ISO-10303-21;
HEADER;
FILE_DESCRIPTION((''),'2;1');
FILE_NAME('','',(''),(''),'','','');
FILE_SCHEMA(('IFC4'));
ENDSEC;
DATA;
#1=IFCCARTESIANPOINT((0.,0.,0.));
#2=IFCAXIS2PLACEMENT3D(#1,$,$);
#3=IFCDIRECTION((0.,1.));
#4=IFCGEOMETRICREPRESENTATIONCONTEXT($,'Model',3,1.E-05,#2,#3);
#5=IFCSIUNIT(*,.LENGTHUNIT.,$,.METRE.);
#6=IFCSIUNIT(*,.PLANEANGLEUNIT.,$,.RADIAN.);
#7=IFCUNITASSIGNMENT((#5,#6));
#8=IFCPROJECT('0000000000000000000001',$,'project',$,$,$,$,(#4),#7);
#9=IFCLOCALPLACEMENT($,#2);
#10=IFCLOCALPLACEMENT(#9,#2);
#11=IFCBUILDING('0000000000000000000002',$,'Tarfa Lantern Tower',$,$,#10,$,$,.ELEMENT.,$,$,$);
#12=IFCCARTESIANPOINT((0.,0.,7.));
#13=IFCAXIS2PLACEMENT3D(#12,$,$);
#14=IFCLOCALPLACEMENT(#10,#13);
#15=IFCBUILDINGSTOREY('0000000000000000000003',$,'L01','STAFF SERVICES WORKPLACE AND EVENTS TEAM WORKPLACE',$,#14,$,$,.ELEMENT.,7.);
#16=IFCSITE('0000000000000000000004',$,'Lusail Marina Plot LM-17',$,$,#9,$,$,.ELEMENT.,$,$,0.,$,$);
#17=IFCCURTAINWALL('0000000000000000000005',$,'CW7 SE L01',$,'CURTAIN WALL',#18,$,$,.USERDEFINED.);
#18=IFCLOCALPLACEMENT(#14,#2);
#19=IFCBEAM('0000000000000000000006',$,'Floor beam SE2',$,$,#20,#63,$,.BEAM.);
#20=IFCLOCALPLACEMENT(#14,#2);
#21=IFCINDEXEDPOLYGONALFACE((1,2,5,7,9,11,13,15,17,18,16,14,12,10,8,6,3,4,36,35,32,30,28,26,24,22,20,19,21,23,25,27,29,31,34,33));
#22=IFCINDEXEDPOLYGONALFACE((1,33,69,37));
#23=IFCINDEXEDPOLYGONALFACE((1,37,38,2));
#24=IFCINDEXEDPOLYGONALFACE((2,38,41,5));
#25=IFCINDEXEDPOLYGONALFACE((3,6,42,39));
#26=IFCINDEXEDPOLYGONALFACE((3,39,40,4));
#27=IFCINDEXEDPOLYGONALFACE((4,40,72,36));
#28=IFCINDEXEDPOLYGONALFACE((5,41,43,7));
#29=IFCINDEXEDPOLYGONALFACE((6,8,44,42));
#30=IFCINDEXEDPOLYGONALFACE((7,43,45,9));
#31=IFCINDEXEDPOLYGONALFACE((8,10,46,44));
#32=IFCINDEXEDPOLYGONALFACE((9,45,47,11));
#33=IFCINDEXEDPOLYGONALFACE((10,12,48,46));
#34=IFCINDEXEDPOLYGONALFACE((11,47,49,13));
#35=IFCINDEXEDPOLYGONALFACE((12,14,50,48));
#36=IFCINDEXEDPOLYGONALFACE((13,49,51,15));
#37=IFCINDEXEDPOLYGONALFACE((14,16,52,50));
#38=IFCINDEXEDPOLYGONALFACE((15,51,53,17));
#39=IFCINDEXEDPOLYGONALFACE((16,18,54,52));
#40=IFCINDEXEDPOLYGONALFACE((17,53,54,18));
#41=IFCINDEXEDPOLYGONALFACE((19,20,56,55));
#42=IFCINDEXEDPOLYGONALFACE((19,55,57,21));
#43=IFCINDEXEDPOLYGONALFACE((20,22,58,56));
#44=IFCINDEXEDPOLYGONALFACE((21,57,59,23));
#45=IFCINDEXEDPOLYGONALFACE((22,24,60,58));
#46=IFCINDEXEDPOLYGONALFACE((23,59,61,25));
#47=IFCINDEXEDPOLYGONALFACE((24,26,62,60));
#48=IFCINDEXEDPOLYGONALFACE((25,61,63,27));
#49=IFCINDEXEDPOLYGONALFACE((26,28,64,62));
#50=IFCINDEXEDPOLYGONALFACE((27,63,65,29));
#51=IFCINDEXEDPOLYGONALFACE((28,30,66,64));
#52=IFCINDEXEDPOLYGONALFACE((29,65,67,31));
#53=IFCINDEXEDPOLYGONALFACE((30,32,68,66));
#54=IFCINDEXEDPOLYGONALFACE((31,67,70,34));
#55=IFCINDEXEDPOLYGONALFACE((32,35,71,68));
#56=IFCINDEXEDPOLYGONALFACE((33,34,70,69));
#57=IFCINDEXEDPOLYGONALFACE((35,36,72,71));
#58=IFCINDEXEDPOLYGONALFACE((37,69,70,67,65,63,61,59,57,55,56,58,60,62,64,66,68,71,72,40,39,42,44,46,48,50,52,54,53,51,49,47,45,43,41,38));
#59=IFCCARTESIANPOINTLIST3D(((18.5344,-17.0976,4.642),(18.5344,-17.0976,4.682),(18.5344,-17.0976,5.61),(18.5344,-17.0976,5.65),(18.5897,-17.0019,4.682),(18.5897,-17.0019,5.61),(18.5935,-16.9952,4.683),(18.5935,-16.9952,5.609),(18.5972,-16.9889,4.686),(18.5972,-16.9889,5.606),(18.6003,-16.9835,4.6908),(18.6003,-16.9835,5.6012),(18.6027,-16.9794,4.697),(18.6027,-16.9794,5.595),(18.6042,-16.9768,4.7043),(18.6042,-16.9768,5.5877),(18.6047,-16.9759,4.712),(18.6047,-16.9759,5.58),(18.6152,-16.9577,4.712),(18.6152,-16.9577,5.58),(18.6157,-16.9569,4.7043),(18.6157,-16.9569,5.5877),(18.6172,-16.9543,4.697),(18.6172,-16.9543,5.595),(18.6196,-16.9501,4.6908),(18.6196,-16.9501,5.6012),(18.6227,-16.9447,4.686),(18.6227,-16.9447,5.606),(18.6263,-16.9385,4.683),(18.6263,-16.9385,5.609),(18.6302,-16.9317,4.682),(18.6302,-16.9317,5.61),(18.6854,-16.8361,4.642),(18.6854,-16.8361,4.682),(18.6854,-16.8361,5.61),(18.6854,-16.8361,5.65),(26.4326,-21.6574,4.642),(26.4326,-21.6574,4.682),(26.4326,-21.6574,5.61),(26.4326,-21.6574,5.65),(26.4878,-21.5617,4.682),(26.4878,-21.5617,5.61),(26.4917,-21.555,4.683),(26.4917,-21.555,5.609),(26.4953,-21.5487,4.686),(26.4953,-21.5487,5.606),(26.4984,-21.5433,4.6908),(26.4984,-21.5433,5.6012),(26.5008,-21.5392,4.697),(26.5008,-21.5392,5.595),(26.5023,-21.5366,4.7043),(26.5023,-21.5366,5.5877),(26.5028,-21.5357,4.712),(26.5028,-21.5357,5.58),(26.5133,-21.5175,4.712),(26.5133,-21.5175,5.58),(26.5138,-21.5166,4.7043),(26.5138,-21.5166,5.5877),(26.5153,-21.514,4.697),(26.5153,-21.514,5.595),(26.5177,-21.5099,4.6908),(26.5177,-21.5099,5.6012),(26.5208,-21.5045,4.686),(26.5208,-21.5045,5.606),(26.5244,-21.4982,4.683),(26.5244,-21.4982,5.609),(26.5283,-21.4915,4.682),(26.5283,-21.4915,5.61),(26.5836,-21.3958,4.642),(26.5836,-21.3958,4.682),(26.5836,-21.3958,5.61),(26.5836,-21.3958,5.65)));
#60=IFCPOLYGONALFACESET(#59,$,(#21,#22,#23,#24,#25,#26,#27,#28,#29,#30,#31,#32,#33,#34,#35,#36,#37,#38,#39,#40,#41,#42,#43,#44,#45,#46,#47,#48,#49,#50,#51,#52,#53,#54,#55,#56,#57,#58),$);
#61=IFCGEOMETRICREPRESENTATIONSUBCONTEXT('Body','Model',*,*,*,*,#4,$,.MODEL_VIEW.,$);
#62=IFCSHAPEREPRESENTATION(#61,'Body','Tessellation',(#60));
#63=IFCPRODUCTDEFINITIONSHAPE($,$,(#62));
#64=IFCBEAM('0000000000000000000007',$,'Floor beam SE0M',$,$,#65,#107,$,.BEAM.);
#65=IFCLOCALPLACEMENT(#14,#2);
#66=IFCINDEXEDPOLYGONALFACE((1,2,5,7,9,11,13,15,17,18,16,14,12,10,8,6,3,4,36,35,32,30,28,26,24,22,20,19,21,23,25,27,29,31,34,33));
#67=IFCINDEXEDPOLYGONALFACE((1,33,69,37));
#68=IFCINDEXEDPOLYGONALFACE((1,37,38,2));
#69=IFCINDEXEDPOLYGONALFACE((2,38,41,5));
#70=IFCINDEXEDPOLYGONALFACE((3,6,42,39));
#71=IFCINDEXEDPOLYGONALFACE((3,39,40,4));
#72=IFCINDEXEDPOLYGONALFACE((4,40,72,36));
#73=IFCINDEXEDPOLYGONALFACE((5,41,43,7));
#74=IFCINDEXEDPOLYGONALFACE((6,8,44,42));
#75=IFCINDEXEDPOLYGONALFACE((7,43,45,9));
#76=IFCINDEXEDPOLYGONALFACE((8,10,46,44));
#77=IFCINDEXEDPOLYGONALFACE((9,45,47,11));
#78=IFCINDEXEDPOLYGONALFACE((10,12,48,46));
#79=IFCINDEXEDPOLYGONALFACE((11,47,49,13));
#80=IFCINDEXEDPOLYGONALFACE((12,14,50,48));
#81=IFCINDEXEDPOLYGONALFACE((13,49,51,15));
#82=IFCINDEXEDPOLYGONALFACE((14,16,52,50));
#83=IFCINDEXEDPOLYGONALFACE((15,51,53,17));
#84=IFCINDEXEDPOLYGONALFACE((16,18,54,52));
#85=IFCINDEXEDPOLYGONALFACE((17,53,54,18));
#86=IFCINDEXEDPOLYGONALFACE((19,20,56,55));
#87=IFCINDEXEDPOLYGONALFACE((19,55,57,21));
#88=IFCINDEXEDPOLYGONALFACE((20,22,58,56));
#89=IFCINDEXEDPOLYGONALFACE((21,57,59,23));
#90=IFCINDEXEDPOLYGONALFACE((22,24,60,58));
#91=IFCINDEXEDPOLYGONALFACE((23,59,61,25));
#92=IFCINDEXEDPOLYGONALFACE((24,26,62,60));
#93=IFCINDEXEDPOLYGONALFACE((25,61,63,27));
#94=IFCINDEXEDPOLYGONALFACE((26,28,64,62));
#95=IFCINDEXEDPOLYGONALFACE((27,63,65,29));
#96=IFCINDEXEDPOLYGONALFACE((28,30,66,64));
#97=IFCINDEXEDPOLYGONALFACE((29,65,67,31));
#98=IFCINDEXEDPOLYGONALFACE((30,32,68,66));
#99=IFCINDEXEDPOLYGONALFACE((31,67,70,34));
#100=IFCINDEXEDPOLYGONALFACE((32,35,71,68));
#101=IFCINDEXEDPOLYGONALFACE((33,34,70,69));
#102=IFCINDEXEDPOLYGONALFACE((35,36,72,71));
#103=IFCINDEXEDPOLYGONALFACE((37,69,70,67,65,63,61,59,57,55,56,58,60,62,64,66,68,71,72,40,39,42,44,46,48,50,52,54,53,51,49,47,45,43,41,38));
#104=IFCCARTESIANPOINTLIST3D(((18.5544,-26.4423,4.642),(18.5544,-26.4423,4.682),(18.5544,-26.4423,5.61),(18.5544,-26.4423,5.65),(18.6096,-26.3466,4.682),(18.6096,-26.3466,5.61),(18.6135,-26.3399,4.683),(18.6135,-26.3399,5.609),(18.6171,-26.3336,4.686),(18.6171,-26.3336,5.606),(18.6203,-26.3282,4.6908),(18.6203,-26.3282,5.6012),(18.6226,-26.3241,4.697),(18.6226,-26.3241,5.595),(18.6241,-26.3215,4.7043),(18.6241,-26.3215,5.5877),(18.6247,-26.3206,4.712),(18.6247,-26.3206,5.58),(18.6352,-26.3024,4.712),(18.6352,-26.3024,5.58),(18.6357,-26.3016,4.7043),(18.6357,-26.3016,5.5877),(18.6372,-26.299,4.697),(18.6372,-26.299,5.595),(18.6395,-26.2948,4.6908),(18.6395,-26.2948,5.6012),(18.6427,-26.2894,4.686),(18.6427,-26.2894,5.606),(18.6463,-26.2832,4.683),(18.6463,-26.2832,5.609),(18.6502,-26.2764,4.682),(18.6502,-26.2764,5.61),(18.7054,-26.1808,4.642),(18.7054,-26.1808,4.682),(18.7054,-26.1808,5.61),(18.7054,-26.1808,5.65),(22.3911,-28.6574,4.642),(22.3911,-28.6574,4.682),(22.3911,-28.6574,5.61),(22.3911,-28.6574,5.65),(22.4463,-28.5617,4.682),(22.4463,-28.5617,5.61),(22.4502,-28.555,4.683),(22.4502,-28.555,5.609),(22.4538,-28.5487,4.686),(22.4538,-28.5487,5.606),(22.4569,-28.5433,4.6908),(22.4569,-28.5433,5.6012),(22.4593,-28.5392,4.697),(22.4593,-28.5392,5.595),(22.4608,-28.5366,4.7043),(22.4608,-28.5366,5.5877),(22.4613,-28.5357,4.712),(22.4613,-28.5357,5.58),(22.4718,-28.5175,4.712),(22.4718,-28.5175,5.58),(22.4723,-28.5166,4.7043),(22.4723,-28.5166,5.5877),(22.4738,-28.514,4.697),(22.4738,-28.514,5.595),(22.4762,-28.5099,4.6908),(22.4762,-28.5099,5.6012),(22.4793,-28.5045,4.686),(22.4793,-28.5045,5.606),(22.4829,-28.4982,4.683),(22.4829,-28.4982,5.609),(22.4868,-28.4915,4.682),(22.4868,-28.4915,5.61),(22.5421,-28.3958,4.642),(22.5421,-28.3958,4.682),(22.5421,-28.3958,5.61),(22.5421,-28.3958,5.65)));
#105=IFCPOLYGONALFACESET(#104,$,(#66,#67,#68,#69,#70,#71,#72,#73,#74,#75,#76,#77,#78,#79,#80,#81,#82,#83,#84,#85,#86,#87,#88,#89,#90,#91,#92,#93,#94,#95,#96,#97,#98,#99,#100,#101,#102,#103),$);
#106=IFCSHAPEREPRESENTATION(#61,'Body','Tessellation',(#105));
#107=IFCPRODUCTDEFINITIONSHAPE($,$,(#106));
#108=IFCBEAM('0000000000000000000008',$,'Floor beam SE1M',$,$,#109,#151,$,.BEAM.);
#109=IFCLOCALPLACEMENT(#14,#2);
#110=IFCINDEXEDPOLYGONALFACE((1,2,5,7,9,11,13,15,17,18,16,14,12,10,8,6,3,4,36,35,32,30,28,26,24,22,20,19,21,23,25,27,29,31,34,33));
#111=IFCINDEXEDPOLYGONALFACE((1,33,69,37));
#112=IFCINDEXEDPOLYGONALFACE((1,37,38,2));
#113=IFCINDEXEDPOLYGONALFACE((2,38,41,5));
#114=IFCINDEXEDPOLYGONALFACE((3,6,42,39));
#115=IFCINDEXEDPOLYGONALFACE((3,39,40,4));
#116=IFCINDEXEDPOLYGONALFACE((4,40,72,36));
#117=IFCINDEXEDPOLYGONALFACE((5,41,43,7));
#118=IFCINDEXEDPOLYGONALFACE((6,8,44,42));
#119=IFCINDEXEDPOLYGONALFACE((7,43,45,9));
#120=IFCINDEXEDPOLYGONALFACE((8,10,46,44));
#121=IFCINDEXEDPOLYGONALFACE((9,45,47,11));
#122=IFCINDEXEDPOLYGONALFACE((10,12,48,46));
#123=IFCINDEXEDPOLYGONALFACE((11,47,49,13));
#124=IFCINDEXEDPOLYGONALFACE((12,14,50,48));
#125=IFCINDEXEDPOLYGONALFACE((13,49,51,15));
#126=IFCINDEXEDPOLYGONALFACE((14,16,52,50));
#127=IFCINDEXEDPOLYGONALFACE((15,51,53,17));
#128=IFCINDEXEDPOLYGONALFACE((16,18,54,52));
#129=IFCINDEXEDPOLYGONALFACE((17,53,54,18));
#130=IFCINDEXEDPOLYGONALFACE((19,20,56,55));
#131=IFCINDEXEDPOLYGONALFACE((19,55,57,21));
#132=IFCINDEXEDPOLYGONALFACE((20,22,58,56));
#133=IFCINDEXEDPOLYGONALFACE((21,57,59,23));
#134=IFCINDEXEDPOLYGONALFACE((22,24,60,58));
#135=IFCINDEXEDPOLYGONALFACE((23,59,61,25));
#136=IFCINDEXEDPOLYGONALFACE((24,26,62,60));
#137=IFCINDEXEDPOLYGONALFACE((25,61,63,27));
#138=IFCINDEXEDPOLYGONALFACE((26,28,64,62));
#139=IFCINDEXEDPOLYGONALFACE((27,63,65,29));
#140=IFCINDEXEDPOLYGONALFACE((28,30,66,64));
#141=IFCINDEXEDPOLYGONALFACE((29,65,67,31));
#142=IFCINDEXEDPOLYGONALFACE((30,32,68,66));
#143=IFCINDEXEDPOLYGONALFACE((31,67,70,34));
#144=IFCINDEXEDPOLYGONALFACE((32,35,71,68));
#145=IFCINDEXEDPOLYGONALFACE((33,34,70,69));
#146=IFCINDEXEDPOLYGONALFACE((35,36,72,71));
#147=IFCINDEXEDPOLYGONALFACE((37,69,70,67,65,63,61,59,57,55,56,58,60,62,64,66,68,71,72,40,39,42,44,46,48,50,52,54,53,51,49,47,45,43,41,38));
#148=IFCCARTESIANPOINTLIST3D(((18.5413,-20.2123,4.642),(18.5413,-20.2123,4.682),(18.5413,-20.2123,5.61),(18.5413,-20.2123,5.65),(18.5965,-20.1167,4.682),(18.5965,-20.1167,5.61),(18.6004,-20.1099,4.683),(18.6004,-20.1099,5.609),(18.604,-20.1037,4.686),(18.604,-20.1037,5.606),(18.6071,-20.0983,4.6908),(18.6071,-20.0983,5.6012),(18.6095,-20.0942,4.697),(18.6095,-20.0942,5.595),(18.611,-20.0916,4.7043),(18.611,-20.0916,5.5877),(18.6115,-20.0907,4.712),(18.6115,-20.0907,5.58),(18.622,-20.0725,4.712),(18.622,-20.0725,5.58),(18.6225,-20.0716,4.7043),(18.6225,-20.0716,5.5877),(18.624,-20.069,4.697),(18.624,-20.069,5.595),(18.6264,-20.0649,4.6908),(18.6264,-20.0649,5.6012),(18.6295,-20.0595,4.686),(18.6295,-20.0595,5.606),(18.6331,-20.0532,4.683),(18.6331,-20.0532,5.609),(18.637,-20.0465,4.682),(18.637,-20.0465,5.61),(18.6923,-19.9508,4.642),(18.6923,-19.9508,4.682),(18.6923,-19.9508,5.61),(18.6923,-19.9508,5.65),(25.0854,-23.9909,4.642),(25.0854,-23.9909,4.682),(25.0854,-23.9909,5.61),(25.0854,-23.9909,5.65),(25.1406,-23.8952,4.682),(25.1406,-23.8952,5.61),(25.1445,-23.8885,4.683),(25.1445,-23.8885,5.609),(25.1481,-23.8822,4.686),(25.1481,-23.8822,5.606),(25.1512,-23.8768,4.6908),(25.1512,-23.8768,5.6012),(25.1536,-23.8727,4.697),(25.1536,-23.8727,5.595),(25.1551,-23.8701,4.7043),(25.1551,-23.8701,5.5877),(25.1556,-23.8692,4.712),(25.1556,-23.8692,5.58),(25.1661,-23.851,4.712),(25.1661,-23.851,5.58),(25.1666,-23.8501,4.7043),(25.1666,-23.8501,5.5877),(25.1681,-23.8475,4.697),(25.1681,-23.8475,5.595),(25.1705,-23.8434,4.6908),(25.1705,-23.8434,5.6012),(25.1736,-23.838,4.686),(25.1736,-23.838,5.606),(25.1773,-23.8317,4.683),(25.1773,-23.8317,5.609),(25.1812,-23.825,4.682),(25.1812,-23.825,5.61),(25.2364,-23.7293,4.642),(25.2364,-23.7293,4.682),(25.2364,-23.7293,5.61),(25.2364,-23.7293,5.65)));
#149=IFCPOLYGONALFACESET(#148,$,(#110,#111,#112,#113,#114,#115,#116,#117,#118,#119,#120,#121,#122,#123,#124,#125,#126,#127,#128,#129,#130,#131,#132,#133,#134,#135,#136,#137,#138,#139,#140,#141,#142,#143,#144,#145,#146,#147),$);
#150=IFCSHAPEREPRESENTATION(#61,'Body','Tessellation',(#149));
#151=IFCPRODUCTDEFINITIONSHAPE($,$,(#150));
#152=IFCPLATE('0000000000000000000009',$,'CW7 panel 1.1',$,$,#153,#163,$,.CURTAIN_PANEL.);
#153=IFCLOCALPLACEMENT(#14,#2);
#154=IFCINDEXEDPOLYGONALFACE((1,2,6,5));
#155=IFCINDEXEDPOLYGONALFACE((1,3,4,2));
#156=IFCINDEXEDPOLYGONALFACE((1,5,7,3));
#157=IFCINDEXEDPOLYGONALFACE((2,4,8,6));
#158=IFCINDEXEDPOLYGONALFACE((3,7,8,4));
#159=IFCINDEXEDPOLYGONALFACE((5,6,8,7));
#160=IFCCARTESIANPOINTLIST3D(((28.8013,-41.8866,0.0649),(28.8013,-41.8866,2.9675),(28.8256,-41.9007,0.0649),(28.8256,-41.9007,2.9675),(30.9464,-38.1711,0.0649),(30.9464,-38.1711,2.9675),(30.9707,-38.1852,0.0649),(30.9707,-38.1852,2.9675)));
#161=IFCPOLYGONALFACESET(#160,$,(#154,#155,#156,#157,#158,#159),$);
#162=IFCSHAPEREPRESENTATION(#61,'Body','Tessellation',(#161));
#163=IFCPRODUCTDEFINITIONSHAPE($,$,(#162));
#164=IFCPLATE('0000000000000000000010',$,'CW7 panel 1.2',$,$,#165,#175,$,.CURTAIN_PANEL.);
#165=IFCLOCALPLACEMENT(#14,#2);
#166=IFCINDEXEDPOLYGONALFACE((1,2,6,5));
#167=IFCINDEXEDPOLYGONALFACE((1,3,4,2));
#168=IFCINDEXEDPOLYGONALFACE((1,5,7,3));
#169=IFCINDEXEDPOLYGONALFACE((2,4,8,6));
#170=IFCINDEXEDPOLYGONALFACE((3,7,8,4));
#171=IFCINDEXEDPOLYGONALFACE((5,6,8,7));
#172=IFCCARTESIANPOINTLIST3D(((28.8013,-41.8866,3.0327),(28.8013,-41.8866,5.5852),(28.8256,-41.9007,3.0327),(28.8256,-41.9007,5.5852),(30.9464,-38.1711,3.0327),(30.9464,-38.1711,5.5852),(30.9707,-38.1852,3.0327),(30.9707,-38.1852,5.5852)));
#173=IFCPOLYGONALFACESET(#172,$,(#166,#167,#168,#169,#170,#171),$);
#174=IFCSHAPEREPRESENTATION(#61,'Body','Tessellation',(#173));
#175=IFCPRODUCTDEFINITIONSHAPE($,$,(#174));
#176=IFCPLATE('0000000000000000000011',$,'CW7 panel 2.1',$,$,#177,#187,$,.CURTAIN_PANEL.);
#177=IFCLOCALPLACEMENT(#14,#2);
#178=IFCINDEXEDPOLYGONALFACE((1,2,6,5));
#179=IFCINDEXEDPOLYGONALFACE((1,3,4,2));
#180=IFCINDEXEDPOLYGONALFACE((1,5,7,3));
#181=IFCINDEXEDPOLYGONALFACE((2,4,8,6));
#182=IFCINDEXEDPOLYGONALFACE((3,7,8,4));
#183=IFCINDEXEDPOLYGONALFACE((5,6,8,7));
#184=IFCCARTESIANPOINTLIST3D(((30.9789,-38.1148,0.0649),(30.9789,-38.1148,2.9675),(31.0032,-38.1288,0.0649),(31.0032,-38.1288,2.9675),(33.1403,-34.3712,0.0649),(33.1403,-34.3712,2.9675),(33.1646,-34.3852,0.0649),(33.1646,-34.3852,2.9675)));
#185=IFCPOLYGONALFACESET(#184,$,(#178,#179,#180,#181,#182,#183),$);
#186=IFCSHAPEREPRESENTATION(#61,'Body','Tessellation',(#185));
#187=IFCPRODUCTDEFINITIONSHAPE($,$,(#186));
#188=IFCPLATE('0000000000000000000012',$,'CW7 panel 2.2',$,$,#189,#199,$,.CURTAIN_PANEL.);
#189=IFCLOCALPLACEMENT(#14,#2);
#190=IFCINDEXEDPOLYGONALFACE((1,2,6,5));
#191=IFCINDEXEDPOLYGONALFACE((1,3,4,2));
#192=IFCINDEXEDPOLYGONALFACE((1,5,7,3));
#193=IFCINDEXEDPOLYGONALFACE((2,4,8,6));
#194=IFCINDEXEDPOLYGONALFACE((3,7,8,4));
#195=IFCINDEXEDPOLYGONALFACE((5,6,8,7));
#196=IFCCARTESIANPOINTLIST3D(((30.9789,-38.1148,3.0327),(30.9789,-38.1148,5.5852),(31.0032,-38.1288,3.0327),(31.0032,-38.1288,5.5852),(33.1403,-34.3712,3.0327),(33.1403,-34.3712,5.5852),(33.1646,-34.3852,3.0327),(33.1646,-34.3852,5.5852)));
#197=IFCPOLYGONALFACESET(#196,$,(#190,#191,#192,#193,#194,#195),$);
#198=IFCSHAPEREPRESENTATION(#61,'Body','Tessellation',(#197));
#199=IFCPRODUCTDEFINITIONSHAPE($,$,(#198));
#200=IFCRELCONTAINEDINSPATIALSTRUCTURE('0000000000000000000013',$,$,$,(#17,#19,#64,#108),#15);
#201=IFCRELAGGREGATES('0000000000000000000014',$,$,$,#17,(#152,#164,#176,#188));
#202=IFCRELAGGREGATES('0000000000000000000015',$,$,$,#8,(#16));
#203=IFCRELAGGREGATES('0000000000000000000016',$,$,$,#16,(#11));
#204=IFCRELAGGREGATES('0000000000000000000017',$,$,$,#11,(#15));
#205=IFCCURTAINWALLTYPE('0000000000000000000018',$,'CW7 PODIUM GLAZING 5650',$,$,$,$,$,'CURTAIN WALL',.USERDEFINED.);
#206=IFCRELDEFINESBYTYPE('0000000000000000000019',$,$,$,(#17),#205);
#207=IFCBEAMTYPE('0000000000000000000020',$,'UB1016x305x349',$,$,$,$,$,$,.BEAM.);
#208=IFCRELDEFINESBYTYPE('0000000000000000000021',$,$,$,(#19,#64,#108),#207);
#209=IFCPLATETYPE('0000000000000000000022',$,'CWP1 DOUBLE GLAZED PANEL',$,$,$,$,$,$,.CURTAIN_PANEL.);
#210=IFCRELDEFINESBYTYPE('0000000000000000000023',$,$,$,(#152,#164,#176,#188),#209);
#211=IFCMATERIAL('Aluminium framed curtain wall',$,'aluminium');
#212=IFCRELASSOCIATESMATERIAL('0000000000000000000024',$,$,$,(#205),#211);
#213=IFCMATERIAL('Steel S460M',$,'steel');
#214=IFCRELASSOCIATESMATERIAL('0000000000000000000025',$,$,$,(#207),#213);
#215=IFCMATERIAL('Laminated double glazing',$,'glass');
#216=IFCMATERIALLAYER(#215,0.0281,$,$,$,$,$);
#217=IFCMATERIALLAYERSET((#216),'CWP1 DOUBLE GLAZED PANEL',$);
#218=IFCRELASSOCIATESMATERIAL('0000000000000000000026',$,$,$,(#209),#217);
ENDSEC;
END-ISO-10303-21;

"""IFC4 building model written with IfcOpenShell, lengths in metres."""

from ifc_helpers import new_model, si_unit, direction, frame, origin, origin_2d, place, context, subcontext, project, spatial, rectangle, i_section, extrude, material, layer, layer_set, material_profile, profile_set, type_object, element, aggregate, save


model = new_model("IFC4")

# Units and contexts
model_context = context("Model", 3, precision=1e-05, world=origin(), true_north=direction((0.0, 1.0)))
body_context = subcontext(model_context, "Body", "Model", "MODEL_VIEW")
ifc_project = project(units=[si_unit("LENGTHUNIT", "METRE"), si_unit("PLANEANGLEUNIT", "RADIAN")], contexts=[model_context])

# Site, building, storey
site_placement = place(None, origin())
site = spatial("IfcSite", under=ifc_project, at=site_placement, Name="Lusail Marina Plot LM-17", CompositionType="ELEMENT", RefElevation=0.0)
building_placement = place(site_placement, origin())
building = spatial("IfcBuilding", under=site, at=building_placement, Name="Tarfa Lantern Tower", CompositionType="ELEMENT")
storey_placement = place(building_placement, frame((0.0, 0.0, 7.0)))
storey = spatial("IfcBuildingStorey", under=building, at=storey_placement, Name="L01", Description="STAFF SERVICES WORKPLACE AND EVENTS TEAM WORKPLACE", CompositionType="ELEMENT", Elevation=7.0)

# Shared definitions
ifc_material_1 = material(Name="Aluminium framed curtain wall", Category="aluminium")
curtain_wall_type = type_object("IfcCurtainWallType", Name="CW7 PODIUM GLAZING 5650", ElementType="CURTAIN WALL", PredefinedType="USERDEFINED", material=ifc_material_1)

# Curtain wall
curtain_wall_1_placement = place(storey_placement, origin())
curtain_wall_1 = element("IfcCurtainWall", 1, at=curtain_wall_1_placement, inside=storey, type_object=curtain_wall_type, Name="CW7 SE L01", ObjectType="CURTAIN WALL", PredefinedType="USERDEFINED")

# Beams
ifc_material_2 = material(Name="Steel S460M", Category="steel")
ifc_material_profile_1 = material_profile(ifc_material_2, i_section(OverallWidth=0.302, OverallDepth=1.0081, WebThickness=0.021, FlangeThickness=0.04, FilletRadius=0.03, at=origin_2d()), Name="UB1016x305x349")
ifc_profile_set_1 = profile_set([ifc_material_profile_1], Name="Steel S460M")
beam_type_1 = type_object("IfcBeamType", Name="UB1016x305x349", PredefinedType="BEAM", material=ifc_profile_set_1)
beam_1_placement = place(storey_placement, frame((26.5081, -21.5266, 5.146), z_axis=(-0.866035, 0.499983, 0.0), x_axis=(-0.499983, -0.866035, 0.0)))
element("IfcBeam", 2, at=beam_1_placement, inside=storey, type_object=beam_type_1, Name="Floor beam SE2", PredefinedType="BEAM", context=body_context, shape_type="SweptSolid", body=[
    extrude(i_section(OverallWidth=0.302, OverallDepth=1.0081, WebThickness=0.021, FlangeThickness=0.04, FilletRadius=0.03, at=origin_2d()), origin(), (0.0, 0.0, 1.0), 9.1199),
])
beam_2_placement = place(storey_placement, frame((22.4666, -28.5266, 5.146), z_axis=(-0.866027, 0.499998, 0.0), x_axis=(-0.499998, -0.866027, 0.0)))
element("IfcBeam", 3, at=beam_2_placement, inside=storey, type_object=beam_type_1, Name="Floor beam SE0M", PredefinedType="BEAM", context=body_context, shape_type="SweptSolid", body=[
    extrude(i_section(OverallWidth=0.302, OverallDepth=1.0081, WebThickness=0.021, FlangeThickness=0.04, FilletRadius=0.03, at=origin_2d()), origin(), (0.0, 0.0, 1.0), 4.4302),
])
beam_3_placement = place(storey_placement, frame((25.1609, -23.8601, 5.146), z_axis=(-0.86601, 0.500027, 0.0), x_axis=(-0.500027, -0.86601, 0.0)))
element("IfcBeam", 4, at=beam_3_placement, inside=storey, type_object=beam_type_1, Name="Floor beam SE1M", PredefinedType="BEAM", context=body_context, shape_type="SweptSolid", body=[
    extrude(i_section(OverallWidth=0.302, OverallDepth=1.0081, WebThickness=0.021, FlangeThickness=0.04, FilletRadius=0.03, at=origin_2d()), origin(), (0.0, 0.0, 1.0), 7.5566),
])

# Plates
ifc_material_3 = material(Name="Laminated double glazing", Category="glass")
ifc_layer = layer(ifc_material_3, 0.0281)
ifc_layer_set = layer_set([ifc_layer], Name="CWP1 DOUBLE GLAZED PANEL")
plate_type = type_object("IfcPlateType", Name="CWP1 DOUBLE GLAZED PANEL", PredefinedType="CURTAIN_PANEL", material=ifc_layer_set)
plate_1_placement = place(storey_placement, frame((29.886, -40.0359, 0.0649), z_axis=(0.0, 0.0, 1.0), x_axis=(0.5, 0.866025, 0.0)))
plate_1 = element("IfcPlate", 5, at=plate_1_placement, type_object=plate_type, Name="CW7 panel 1.1", PredefinedType="CURTAIN_PANEL", context=body_context, shape_type="SweptSolid", body=[
    extrude(rectangle(XDim=4.2903, YDim=0.0281, at=origin_2d()), origin(), (0.0, 0.0, 1.0), 2.9026),
])
plate_2_placement = place(storey_placement, frame((29.886, -40.0359, 3.0327), z_axis=(0.0, 0.0, 1.0), x_axis=(0.5, 0.866025, 0.0)))
plate_2 = element("IfcPlate", 6, at=plate_2_placement, type_object=plate_type, Name="CW7 panel 1.2", PredefinedType="CURTAIN_PANEL", context=body_context, shape_type="SweptSolid", body=[
    extrude(rectangle(XDim=4.2903, YDim=0.0281, at=origin_2d()), origin(), (0.0, 0.0, 1.0), 2.5525),
])
plate_3_placement = place(storey_placement, frame((32.0718, -36.25, 0.0649), z_axis=(0.0, 0.0, 1.0), x_axis=(0.5, 0.866025, 0.0)))
plate_3 = element("IfcPlate", 7, at=plate_3_placement, type_object=plate_type, Name="CW7 panel 2.1", PredefinedType="CURTAIN_PANEL", context=body_context, shape_type="SweptSolid", body=[
    extrude(rectangle(XDim=4.3228, YDim=0.0281, at=origin_2d()), origin(), (0.0, 0.0, 1.0), 2.9026),
])
plate_4_placement = place(storey_placement, frame((32.0718, -36.25, 3.0327), z_axis=(0.0, 0.0, 1.0), x_axis=(0.5, 0.866025, 0.0)))
plate_4 = element("IfcPlate", 8, at=plate_4_placement, type_object=plate_type, Name="CW7 panel 2.2", PredefinedType="CURTAIN_PANEL", context=body_context, shape_type="SweptSolid", body=[
    extrude(rectangle(XDim=4.3228, YDim=0.0281, at=origin_2d()), origin(), (0.0, 0.0, 1.0), 2.5525),
])
aggregate(curtain_wall_1, [plate_1, plate_2, plate_3, plate_4])

save(model, "model.ifc")
